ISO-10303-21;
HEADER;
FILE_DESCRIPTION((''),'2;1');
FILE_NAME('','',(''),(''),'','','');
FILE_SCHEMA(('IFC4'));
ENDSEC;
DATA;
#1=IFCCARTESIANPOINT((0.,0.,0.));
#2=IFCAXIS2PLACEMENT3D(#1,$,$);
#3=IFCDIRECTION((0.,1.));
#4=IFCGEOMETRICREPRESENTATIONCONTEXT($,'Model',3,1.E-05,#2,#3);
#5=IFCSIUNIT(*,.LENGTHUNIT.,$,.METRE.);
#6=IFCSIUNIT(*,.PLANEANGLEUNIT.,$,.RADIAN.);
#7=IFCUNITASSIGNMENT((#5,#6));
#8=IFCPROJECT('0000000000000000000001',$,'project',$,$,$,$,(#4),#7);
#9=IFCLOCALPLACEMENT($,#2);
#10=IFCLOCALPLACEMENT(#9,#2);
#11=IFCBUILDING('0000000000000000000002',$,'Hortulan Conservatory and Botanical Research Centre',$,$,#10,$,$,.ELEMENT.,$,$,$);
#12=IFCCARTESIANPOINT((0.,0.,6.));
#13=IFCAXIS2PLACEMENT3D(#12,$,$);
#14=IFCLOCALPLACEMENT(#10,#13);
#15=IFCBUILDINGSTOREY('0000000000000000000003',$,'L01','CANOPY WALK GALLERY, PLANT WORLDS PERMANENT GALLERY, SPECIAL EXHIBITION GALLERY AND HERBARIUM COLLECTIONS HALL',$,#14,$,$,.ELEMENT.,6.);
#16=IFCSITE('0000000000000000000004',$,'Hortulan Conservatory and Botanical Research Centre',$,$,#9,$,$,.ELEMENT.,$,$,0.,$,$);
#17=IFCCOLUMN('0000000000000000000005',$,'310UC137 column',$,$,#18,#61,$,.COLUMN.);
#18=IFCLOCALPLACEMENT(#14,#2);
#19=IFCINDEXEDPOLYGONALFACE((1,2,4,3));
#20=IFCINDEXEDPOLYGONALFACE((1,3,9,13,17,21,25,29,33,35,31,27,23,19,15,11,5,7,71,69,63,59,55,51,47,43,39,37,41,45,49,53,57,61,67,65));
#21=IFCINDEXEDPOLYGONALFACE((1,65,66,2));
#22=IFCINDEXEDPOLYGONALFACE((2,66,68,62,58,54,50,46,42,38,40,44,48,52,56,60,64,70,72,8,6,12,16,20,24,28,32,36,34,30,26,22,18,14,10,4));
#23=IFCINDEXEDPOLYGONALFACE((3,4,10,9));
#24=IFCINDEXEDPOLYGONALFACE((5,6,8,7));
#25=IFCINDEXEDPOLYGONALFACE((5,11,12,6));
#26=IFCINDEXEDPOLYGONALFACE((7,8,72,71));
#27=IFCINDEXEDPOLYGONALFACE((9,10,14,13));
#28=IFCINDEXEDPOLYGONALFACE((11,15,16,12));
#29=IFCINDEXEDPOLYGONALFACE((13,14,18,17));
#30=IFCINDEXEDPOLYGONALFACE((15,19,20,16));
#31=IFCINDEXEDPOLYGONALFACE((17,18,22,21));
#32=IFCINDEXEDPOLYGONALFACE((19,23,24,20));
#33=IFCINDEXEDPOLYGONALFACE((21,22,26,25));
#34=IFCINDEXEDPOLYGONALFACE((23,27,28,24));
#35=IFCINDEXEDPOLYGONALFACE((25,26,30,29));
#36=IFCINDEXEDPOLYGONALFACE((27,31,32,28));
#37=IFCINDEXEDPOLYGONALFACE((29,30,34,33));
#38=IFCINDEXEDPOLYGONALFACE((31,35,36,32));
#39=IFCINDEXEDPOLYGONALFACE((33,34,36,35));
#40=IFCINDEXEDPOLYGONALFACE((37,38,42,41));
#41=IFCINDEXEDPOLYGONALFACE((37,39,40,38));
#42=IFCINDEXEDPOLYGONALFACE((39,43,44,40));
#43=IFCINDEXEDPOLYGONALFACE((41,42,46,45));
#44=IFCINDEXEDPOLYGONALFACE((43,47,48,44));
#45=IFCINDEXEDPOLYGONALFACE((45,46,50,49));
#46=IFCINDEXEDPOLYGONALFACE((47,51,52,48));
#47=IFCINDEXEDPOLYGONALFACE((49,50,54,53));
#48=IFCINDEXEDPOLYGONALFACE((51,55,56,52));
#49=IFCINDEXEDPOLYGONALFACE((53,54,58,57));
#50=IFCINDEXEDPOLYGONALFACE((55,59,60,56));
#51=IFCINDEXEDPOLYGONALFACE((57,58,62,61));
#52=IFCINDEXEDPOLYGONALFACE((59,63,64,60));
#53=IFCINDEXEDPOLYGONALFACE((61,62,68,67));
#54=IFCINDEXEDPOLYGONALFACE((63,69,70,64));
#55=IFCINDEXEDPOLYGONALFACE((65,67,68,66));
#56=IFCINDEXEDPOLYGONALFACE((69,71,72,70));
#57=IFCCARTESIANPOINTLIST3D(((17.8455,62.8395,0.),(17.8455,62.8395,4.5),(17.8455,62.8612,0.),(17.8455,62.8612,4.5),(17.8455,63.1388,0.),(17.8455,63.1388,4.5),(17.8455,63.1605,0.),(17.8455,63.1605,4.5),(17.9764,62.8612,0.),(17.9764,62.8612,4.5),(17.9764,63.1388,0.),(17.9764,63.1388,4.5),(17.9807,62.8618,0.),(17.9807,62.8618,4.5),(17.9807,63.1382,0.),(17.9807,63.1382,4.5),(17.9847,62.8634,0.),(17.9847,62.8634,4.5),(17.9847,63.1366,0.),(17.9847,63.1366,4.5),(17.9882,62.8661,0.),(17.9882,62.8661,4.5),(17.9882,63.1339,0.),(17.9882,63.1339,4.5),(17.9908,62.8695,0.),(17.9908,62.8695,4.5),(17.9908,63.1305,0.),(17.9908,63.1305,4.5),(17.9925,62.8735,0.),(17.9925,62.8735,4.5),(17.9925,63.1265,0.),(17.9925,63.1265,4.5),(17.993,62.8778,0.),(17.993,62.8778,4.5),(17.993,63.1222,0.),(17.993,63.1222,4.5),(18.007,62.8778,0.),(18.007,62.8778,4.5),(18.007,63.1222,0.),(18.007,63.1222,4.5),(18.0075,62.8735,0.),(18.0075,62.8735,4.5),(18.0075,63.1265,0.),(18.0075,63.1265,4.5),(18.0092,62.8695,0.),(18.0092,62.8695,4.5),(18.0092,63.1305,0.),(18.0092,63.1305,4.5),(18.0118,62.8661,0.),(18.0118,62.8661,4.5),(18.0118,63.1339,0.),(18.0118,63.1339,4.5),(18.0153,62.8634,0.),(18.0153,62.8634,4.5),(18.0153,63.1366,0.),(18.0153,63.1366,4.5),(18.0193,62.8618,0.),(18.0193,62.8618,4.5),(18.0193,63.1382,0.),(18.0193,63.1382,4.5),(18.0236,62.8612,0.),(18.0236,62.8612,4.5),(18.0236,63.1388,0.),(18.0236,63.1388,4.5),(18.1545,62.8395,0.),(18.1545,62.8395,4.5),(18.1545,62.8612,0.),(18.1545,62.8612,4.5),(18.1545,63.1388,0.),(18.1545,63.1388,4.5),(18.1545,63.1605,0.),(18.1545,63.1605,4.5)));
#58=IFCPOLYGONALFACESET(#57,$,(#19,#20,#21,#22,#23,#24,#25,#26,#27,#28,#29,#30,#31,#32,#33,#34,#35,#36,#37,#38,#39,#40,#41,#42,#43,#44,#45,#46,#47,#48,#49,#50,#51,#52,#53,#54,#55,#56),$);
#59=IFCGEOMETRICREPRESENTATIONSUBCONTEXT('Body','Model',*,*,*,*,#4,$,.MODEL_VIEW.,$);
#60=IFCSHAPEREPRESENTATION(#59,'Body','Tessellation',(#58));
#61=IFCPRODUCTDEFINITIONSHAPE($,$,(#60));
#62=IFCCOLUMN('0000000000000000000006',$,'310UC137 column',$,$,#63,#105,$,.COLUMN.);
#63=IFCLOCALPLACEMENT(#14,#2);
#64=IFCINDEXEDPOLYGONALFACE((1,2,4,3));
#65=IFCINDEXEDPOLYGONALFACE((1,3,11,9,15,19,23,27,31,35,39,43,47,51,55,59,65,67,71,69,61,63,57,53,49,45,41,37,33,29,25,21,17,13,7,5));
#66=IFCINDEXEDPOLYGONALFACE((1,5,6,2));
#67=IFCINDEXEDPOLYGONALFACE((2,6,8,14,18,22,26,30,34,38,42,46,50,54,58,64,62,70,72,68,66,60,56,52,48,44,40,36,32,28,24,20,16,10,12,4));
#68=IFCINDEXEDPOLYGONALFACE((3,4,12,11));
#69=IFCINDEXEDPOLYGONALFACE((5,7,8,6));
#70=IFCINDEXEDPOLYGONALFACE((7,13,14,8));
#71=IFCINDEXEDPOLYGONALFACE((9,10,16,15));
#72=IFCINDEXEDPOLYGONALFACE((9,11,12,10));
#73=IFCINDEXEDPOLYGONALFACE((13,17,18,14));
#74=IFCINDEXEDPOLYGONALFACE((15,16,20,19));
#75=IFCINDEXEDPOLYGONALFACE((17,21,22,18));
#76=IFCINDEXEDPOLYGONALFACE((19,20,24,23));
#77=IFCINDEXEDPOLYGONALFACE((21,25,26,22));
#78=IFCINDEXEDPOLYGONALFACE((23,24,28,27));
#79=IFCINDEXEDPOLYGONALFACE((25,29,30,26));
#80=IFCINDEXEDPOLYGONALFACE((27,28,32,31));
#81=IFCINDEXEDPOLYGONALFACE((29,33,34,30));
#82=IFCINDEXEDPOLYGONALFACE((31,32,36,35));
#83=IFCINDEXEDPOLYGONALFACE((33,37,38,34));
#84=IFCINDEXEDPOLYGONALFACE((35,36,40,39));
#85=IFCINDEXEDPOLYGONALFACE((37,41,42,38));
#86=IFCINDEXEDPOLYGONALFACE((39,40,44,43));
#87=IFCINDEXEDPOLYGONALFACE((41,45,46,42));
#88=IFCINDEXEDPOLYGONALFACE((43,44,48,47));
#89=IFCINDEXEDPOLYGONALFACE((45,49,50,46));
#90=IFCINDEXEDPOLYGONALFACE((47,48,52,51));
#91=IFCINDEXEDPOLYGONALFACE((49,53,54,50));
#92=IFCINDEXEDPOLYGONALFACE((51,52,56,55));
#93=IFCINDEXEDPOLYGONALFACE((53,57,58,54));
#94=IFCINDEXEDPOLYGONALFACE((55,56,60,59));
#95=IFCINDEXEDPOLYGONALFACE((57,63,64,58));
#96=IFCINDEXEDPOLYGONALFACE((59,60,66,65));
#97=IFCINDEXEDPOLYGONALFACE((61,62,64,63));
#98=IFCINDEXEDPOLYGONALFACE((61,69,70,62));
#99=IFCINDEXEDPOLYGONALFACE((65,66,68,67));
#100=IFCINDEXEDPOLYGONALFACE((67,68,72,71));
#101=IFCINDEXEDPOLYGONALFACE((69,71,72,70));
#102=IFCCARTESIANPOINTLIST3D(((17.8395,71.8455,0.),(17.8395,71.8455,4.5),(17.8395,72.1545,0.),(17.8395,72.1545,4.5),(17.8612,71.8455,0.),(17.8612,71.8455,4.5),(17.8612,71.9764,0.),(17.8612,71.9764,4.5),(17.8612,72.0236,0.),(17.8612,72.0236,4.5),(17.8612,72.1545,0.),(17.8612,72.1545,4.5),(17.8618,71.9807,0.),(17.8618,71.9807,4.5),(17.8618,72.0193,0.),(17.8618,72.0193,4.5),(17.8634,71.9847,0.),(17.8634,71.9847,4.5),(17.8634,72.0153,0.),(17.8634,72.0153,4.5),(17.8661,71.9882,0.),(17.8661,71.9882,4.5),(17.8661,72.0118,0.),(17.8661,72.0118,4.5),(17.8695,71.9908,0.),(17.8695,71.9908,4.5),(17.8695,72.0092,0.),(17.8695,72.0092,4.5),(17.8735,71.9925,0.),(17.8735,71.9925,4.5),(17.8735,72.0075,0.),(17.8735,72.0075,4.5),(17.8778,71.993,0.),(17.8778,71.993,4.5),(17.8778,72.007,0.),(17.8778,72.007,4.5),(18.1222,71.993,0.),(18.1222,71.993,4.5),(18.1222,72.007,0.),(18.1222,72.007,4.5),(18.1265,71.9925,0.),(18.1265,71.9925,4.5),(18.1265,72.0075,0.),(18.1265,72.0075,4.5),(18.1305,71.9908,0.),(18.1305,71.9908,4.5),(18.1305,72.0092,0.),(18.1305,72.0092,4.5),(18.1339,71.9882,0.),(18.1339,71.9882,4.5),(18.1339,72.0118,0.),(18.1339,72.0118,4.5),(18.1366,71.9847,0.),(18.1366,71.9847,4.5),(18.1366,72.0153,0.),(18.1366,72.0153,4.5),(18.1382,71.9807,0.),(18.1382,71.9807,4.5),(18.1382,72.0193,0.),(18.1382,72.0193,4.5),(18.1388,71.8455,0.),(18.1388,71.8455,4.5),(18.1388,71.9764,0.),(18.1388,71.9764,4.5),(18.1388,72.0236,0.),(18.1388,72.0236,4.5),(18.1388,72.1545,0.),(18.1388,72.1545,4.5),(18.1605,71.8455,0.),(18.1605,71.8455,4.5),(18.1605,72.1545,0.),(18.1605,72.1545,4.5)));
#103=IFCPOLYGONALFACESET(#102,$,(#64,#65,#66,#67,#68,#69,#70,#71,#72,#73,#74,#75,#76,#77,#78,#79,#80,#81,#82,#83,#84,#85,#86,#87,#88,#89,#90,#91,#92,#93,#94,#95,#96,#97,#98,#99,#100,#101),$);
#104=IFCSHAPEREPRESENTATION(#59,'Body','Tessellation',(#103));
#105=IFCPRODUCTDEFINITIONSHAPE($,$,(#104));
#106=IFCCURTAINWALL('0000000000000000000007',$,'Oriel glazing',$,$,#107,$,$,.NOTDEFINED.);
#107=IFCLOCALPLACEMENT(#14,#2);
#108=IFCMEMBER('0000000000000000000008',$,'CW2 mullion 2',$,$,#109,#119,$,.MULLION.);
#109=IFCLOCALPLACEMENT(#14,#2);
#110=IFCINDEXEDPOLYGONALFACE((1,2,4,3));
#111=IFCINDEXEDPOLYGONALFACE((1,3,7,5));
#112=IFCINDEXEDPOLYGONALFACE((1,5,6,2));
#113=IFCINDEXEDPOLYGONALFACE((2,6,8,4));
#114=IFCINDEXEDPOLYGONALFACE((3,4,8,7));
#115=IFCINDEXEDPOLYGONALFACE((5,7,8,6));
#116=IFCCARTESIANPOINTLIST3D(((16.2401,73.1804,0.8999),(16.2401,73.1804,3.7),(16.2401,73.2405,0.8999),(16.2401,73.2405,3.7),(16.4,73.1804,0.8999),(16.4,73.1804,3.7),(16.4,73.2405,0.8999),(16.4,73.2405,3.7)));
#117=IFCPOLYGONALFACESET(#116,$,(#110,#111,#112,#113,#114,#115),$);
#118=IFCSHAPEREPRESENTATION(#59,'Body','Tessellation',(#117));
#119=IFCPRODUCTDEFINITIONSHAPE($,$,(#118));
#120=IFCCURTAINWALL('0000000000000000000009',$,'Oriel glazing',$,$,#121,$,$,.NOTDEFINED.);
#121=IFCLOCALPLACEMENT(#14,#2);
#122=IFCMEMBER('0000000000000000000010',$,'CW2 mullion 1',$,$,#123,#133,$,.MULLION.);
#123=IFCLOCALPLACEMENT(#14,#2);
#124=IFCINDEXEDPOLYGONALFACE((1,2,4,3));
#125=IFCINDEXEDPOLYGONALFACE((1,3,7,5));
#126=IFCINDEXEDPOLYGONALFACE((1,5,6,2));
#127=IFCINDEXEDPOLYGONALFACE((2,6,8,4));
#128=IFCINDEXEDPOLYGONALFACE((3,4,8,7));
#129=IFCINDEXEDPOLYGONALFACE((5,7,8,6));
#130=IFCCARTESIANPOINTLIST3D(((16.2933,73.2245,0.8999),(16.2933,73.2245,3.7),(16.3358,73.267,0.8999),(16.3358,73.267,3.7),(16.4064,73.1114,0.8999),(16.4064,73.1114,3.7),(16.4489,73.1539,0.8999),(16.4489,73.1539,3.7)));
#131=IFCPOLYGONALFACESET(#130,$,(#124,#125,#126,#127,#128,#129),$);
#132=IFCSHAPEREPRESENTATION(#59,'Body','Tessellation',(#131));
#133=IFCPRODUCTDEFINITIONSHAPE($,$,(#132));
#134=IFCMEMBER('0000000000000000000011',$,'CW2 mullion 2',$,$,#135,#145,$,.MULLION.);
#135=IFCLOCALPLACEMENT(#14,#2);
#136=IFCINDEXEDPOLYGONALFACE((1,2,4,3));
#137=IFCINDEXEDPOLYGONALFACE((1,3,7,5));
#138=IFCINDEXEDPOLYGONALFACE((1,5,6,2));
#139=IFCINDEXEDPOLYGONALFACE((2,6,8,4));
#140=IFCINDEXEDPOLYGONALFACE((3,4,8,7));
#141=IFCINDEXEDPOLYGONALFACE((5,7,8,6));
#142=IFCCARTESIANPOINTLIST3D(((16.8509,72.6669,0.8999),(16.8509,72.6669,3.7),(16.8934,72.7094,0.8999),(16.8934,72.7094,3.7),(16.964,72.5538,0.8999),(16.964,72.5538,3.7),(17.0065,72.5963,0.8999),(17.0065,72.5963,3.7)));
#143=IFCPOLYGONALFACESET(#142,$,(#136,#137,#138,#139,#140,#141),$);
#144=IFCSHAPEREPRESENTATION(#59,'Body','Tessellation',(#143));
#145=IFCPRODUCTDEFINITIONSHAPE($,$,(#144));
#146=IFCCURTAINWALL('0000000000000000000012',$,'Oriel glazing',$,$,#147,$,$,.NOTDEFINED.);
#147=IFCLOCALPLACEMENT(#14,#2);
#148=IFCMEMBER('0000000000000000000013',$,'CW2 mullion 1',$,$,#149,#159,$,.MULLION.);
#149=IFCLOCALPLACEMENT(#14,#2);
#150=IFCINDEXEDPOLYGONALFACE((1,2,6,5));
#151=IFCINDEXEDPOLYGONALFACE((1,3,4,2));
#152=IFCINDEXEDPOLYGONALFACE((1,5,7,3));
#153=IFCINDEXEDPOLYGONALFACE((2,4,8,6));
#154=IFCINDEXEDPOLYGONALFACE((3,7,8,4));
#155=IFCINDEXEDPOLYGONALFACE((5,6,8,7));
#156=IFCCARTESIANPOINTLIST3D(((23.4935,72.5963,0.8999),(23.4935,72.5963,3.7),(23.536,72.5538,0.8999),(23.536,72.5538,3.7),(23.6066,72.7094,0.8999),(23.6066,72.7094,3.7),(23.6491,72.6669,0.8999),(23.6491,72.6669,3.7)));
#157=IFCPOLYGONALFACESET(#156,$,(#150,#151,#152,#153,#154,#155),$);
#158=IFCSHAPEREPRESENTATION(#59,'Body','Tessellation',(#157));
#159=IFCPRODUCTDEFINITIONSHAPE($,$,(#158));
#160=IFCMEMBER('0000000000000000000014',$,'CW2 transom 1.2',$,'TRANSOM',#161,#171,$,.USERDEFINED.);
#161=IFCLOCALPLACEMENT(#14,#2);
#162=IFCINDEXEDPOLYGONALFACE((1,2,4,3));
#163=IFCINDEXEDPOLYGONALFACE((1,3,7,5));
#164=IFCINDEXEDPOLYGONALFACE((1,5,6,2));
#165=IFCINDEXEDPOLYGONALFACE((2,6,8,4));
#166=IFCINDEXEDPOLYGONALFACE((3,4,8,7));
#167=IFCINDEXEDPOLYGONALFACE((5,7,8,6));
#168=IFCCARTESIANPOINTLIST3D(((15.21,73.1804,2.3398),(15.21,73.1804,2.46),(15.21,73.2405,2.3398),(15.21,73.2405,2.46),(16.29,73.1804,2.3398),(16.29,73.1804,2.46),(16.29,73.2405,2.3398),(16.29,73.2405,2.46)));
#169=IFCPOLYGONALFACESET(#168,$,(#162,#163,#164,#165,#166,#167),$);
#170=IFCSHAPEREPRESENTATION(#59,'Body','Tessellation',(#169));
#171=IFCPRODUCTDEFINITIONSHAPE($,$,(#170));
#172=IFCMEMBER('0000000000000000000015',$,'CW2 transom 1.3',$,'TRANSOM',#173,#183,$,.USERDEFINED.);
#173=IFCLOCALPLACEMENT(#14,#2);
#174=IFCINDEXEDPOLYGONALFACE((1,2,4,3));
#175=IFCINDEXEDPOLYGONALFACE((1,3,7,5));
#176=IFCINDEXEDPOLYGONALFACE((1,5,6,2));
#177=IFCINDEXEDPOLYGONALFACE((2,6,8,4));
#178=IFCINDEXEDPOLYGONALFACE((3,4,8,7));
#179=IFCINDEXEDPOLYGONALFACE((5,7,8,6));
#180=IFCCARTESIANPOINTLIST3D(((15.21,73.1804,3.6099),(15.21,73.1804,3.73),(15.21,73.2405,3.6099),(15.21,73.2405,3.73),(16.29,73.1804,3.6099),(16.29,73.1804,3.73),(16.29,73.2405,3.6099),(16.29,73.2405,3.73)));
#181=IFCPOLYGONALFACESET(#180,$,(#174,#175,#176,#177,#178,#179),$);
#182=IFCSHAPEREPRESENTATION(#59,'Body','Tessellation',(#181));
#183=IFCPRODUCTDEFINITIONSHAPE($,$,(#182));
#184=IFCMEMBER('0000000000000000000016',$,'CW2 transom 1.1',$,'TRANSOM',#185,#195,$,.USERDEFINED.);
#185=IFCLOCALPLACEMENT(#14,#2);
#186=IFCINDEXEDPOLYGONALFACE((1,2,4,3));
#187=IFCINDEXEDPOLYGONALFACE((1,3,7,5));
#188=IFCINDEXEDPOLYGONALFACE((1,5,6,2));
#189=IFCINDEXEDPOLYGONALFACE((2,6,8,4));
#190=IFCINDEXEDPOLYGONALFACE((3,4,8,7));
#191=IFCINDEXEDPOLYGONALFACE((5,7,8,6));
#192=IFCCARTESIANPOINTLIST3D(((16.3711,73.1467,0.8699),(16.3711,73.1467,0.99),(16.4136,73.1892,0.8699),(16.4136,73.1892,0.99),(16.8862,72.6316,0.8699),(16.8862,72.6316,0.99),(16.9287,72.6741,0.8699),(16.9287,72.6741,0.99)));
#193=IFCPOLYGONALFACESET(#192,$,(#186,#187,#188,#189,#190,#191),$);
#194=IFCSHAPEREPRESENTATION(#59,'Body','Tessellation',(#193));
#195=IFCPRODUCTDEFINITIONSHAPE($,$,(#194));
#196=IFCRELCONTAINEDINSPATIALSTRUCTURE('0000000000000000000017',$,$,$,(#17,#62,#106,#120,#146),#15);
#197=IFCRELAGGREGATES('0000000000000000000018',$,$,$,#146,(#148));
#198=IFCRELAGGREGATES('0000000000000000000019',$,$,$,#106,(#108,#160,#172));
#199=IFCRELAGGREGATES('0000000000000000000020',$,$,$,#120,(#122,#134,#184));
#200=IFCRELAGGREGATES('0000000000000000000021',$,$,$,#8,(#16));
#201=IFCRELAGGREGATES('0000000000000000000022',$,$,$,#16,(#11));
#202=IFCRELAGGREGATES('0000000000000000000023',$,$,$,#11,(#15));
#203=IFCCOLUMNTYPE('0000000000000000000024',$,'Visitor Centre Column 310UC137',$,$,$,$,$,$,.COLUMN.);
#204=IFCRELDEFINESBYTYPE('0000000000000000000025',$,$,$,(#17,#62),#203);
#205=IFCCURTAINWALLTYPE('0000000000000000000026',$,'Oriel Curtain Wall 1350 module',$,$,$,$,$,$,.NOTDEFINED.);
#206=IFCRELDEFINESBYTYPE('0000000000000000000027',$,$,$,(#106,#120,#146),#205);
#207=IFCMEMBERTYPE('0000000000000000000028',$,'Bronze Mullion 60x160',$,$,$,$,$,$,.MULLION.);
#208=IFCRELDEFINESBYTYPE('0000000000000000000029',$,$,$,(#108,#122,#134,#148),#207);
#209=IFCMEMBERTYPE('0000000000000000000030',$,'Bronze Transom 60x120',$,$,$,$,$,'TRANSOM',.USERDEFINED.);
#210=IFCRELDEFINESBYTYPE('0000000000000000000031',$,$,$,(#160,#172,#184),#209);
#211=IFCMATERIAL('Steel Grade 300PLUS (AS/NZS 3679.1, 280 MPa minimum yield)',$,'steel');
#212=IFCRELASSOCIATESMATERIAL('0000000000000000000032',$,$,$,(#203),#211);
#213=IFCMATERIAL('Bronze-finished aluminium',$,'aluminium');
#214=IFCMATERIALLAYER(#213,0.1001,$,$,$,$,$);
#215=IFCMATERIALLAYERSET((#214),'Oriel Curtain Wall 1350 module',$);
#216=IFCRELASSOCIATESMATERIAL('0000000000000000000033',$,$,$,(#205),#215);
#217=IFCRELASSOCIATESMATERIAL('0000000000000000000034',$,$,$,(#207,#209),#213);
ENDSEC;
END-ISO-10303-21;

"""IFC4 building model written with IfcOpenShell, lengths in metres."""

from ifc_helpers import new_model, si_unit, direction, frame, origin, origin_2d, place, context, subcontext, project, spatial, rectangle, i_section, extrude, material, layer, layer_set, material_profile, profile_set, type_object, element, aggregate, save


model = new_model("IFC4")

# Units and contexts
model_context = context("Model", 3, precision=1e-05, world=origin(), true_north=direction((0.0, 1.0)))
body_context = subcontext(model_context, "Body", "Model", "MODEL_VIEW")
ifc_project = project(units=[si_unit("LENGTHUNIT", "METRE"), si_unit("PLANEANGLEUNIT", "RADIAN")], contexts=[model_context])

# Site, building, storey
site_placement = place(None, origin())
site = spatial("IfcSite", under=ifc_project, at=site_placement, Name="Hortulan Conservatory and Botanical Research Centre", CompositionType="ELEMENT", RefElevation=0.0)
building_placement = place(site_placement, origin())
building = spatial("IfcBuilding", under=site, at=building_placement, Name="Hortulan Conservatory and Botanical Research Centre", CompositionType="ELEMENT")
storey_placement = place(building_placement, frame((0.0, 0.0, 6.0)))
storey = spatial("IfcBuildingStorey", under=building, at=storey_placement, Name="L01", Description="CANOPY WALK GALLERY, PLANT WORLDS PERMANENT GALLERY, SPECIAL EXHIBITION GALLERY AND HERBARIUM COLLECTIONS HALL", CompositionType="ELEMENT", Elevation=6.0)

# Columns
ifc_material_1 = material(Name="Steel Grade 300PLUS (AS/NZS 3679.1, 280 MPa minimum yield)", Category="steel")
ifc_material_profile_1 = material_profile(ifc_material_1, i_section(OverallWidth=0.3091, OverallDepth=0.321, WebThickness=0.0139, FlangeThickness=0.0217, FilletRadius=0.0166, at=origin_2d()), Name="310UC137")
ifc_profile_set_1 = profile_set([ifc_material_profile_1], Name="Steel Grade 300PLUS (AS/NZS 3679.1, 280 MPa minimum yield)")
column_type = type_object("IfcColumnType", Name="Visitor Centre Column 310UC137", PredefinedType="COLUMN", material=ifc_profile_set_1)
for number, where, z_axis, x_axis, name in (
    (1, (18.0, 63.0, 0.0), (0.0, 0.0, 1.0), (1.0, 0.0, 0.0), "310UC137 column"),
    (2, (18.0, 72.0, 0.0), (0.0, 0.0, 1.0), (0.0, 1.0, 0.0), "310UC137 column"),
):
    element("IfcColumn", number, at=place(storey_placement, frame(where, z_axis=z_axis, x_axis=x_axis)), inside=storey, type_object=column_type, Name=name, PredefinedType="COLUMN", context=body_context, shape_type="SweptSolid", body=[
        extrude(i_section(OverallWidth=0.3091, OverallDepth=0.321, WebThickness=0.0139, FlangeThickness=0.0217, FilletRadius=0.0166, at=origin_2d()), origin(), (0.0, 0.0, 1.0), 4.5),
    ])

# Curtain wall, member
ifc_material_2 = material(Name="Bronze-finished aluminium", Category="aluminium")
ifc_layer_1 = layer(ifc_material_2, 0.1001)
ifc_layer_set_1 = layer_set([ifc_layer_1], Name="Oriel Curtain Wall 1350 module")
curtain_wall_type = type_object("IfcCurtainWallType", Name="Oriel Curtain Wall 1350 module", PredefinedType="NOTDEFINED", material=ifc_layer_set_1)
curtain_wall_1_placement = place(storey_placement, origin())
curtain_wall_1 = element("IfcCurtainWall", 3, at=curtain_wall_1_placement, inside=storey, type_object=curtain_wall_type, Name="Oriel glazing", PredefinedType="NOTDEFINED")
ifc_material_profile_2 = material_profile(ifc_material_2, rectangle(XDim=0.0601, YDim=0.1599, at=origin_2d()), Name="Bronze Mullion 60x160")
ifc_profile_set_2 = profile_set([ifc_material_profile_2], Name="Bronze-finished aluminium")
member_type_1 = type_object("IfcMemberType", Name="Bronze Mullion 60x160", PredefinedType="MULLION", material=ifc_profile_set_2)
member_1_placement = place(storey_placement, frame((16.3201, 73.2104, 0.8999), z_axis=(0.0, 0.0, 1.0), x_axis=(0.0, 1.0, 0.0)))
member_1 = element("IfcMember", 4, at=member_1_placement, type_object=member_type_1, Name="CW2 mullion 2", PredefinedType="MULLION", context=body_context, shape_type="SweptSolid", body=[
    extrude(rectangle(XDim=0.0601, YDim=0.1599, at=origin_2d()), origin(), (0.0, 0.0, 1.0), 2.8),
])

# Curtain wall, members
curtain_wall_2_placement = place(storey_placement, origin())
curtain_wall_2 = element("IfcCurtainWall", 5, at=curtain_wall_2_placement, inside=storey, type_object=curtain_wall_type, Name="Oriel glazing", PredefinedType="NOTDEFINED")
member_2_placement = place(storey_placement, frame((16.3711, 73.1892, 0.8999), z_axis=(0.0, 0.0, 1.0), x_axis=(0.707107, 0.707107, 0.0)))
member_2 = element("IfcMember", 6, at=member_2_placement, type_object=member_type_1, Name="CW2 mullion 1", PredefinedType="MULLION", context=body_context, shape_type="SweptSolid", body=[
    extrude(rectangle(XDim=0.0601, YDim=0.1599, at=origin_2d()), origin(), (0.0, 0.0, 1.0), 2.8),
])
member_3_placement = place(storey_placement, frame((16.9287, 72.6316, 0.8999), z_axis=(0.0, 0.0, 1.0), x_axis=(0.707107, 0.707107, 0.0)))
member_3 = element("IfcMember", 7, at=member_3_placement, type_object=member_type_1, Name="CW2 mullion 2", PredefinedType="MULLION", context=body_context, shape_type="SweptSolid", body=[
    extrude(rectangle(XDim=0.0601, YDim=0.1599, at=origin_2d()), origin(), (0.0, 0.0, 1.0), 2.8),
])

# Curtain wall, member
curtain_wall_3_placement = place(storey_placement, origin())
curtain_wall_3 = element("IfcCurtainWall", 8, at=curtain_wall_3_placement, inside=storey, type_object=curtain_wall_type, Name="Oriel glazing", PredefinedType="NOTDEFINED")
member_4_placement = place(storey_placement, frame((23.5713, 72.6316, 0.8999), z_axis=(0.0, 0.0, 1.0), x_axis=(-0.707107, 0.707107, 0.0)))
member_4 = element("IfcMember", 9, at=member_4_placement, type_object=member_type_1, Name="CW2 mullion 1", PredefinedType="MULLION", context=body_context, shape_type="SweptSolid", body=[
    extrude(rectangle(XDim=0.0601, YDim=0.1599, at=origin_2d()), origin(), (0.0, 0.0, 1.0), 2.8),
])
aggregate(curtain_wall_3, [member_4])

# Members
ifc_material_profile_3 = material_profile(ifc_material_2, rectangle(XDim=0.0601, YDim=0.1201, at=origin_2d()), Name="Bronze Transom 60x120")
ifc_profile_set_3 = profile_set([ifc_material_profile_3], Name="Bronze-finished aluminium")
member_type_2 = type_object("IfcMemberType", Name="Bronze Transom 60x120", ElementType="TRANSOM", PredefinedType="USERDEFINED", material=ifc_profile_set_3)
member_5_placement = place(storey_placement, frame((15.21, 73.2104, 2.3999), z_axis=(1.0, 0.0, 0.0), x_axis=(0.0, 1.0, 0.0)))
member_5 = element("IfcMember", 10, at=member_5_placement, type_object=member_type_2, Name="CW2 transom 1.2", ObjectType="TRANSOM", PredefinedType="USERDEFINED", context=body_context, shape_type="SweptSolid", body=[
    extrude(rectangle(XDim=0.0601, YDim=0.1201, at=origin_2d()), origin(), (0.0, 0.0, 1.0), 1.0801),
])
member_6_placement = place(storey_placement, frame((15.21, 73.2104, 3.6699), z_axis=(1.0, 0.0, 0.0), x_axis=(0.0, 1.0, 0.0)))
member_6 = element("IfcMember", 11, at=member_6_placement, type_object=member_type_2, Name="CW2 transom 1.3", ObjectType="TRANSOM", PredefinedType="USERDEFINED", context=body_context, shape_type="SweptSolid", body=[
    extrude(rectangle(XDim=0.0601, YDim=0.1201, at=origin_2d()), origin(), (0.0, 0.0, 1.0), 1.0801),
])
member_7_placement = place(storey_placement, frame((16.3923, 73.168, 0.9299), z_axis=(0.707107, -0.707107, 0.0), x_axis=(0.707107, 0.707107, 0.0)))
member_7 = element("IfcMember", 12, at=member_7_placement, type_object=member_type_2, Name="CW2 transom 1.1", ObjectType="TRANSOM", PredefinedType="USERDEFINED", context=body_context, shape_type="SweptSolid", body=[
    extrude(rectangle(XDim=0.0601, YDim=0.1201, at=origin_2d()), origin(), (0.0, 0.0, 1.0), 0.7285),
])

aggregate(curtain_wall_1, [member_1, member_5, member_6])
aggregate(curtain_wall_2, [member_2, member_3, member_7])

save(model, "model.ifc")
